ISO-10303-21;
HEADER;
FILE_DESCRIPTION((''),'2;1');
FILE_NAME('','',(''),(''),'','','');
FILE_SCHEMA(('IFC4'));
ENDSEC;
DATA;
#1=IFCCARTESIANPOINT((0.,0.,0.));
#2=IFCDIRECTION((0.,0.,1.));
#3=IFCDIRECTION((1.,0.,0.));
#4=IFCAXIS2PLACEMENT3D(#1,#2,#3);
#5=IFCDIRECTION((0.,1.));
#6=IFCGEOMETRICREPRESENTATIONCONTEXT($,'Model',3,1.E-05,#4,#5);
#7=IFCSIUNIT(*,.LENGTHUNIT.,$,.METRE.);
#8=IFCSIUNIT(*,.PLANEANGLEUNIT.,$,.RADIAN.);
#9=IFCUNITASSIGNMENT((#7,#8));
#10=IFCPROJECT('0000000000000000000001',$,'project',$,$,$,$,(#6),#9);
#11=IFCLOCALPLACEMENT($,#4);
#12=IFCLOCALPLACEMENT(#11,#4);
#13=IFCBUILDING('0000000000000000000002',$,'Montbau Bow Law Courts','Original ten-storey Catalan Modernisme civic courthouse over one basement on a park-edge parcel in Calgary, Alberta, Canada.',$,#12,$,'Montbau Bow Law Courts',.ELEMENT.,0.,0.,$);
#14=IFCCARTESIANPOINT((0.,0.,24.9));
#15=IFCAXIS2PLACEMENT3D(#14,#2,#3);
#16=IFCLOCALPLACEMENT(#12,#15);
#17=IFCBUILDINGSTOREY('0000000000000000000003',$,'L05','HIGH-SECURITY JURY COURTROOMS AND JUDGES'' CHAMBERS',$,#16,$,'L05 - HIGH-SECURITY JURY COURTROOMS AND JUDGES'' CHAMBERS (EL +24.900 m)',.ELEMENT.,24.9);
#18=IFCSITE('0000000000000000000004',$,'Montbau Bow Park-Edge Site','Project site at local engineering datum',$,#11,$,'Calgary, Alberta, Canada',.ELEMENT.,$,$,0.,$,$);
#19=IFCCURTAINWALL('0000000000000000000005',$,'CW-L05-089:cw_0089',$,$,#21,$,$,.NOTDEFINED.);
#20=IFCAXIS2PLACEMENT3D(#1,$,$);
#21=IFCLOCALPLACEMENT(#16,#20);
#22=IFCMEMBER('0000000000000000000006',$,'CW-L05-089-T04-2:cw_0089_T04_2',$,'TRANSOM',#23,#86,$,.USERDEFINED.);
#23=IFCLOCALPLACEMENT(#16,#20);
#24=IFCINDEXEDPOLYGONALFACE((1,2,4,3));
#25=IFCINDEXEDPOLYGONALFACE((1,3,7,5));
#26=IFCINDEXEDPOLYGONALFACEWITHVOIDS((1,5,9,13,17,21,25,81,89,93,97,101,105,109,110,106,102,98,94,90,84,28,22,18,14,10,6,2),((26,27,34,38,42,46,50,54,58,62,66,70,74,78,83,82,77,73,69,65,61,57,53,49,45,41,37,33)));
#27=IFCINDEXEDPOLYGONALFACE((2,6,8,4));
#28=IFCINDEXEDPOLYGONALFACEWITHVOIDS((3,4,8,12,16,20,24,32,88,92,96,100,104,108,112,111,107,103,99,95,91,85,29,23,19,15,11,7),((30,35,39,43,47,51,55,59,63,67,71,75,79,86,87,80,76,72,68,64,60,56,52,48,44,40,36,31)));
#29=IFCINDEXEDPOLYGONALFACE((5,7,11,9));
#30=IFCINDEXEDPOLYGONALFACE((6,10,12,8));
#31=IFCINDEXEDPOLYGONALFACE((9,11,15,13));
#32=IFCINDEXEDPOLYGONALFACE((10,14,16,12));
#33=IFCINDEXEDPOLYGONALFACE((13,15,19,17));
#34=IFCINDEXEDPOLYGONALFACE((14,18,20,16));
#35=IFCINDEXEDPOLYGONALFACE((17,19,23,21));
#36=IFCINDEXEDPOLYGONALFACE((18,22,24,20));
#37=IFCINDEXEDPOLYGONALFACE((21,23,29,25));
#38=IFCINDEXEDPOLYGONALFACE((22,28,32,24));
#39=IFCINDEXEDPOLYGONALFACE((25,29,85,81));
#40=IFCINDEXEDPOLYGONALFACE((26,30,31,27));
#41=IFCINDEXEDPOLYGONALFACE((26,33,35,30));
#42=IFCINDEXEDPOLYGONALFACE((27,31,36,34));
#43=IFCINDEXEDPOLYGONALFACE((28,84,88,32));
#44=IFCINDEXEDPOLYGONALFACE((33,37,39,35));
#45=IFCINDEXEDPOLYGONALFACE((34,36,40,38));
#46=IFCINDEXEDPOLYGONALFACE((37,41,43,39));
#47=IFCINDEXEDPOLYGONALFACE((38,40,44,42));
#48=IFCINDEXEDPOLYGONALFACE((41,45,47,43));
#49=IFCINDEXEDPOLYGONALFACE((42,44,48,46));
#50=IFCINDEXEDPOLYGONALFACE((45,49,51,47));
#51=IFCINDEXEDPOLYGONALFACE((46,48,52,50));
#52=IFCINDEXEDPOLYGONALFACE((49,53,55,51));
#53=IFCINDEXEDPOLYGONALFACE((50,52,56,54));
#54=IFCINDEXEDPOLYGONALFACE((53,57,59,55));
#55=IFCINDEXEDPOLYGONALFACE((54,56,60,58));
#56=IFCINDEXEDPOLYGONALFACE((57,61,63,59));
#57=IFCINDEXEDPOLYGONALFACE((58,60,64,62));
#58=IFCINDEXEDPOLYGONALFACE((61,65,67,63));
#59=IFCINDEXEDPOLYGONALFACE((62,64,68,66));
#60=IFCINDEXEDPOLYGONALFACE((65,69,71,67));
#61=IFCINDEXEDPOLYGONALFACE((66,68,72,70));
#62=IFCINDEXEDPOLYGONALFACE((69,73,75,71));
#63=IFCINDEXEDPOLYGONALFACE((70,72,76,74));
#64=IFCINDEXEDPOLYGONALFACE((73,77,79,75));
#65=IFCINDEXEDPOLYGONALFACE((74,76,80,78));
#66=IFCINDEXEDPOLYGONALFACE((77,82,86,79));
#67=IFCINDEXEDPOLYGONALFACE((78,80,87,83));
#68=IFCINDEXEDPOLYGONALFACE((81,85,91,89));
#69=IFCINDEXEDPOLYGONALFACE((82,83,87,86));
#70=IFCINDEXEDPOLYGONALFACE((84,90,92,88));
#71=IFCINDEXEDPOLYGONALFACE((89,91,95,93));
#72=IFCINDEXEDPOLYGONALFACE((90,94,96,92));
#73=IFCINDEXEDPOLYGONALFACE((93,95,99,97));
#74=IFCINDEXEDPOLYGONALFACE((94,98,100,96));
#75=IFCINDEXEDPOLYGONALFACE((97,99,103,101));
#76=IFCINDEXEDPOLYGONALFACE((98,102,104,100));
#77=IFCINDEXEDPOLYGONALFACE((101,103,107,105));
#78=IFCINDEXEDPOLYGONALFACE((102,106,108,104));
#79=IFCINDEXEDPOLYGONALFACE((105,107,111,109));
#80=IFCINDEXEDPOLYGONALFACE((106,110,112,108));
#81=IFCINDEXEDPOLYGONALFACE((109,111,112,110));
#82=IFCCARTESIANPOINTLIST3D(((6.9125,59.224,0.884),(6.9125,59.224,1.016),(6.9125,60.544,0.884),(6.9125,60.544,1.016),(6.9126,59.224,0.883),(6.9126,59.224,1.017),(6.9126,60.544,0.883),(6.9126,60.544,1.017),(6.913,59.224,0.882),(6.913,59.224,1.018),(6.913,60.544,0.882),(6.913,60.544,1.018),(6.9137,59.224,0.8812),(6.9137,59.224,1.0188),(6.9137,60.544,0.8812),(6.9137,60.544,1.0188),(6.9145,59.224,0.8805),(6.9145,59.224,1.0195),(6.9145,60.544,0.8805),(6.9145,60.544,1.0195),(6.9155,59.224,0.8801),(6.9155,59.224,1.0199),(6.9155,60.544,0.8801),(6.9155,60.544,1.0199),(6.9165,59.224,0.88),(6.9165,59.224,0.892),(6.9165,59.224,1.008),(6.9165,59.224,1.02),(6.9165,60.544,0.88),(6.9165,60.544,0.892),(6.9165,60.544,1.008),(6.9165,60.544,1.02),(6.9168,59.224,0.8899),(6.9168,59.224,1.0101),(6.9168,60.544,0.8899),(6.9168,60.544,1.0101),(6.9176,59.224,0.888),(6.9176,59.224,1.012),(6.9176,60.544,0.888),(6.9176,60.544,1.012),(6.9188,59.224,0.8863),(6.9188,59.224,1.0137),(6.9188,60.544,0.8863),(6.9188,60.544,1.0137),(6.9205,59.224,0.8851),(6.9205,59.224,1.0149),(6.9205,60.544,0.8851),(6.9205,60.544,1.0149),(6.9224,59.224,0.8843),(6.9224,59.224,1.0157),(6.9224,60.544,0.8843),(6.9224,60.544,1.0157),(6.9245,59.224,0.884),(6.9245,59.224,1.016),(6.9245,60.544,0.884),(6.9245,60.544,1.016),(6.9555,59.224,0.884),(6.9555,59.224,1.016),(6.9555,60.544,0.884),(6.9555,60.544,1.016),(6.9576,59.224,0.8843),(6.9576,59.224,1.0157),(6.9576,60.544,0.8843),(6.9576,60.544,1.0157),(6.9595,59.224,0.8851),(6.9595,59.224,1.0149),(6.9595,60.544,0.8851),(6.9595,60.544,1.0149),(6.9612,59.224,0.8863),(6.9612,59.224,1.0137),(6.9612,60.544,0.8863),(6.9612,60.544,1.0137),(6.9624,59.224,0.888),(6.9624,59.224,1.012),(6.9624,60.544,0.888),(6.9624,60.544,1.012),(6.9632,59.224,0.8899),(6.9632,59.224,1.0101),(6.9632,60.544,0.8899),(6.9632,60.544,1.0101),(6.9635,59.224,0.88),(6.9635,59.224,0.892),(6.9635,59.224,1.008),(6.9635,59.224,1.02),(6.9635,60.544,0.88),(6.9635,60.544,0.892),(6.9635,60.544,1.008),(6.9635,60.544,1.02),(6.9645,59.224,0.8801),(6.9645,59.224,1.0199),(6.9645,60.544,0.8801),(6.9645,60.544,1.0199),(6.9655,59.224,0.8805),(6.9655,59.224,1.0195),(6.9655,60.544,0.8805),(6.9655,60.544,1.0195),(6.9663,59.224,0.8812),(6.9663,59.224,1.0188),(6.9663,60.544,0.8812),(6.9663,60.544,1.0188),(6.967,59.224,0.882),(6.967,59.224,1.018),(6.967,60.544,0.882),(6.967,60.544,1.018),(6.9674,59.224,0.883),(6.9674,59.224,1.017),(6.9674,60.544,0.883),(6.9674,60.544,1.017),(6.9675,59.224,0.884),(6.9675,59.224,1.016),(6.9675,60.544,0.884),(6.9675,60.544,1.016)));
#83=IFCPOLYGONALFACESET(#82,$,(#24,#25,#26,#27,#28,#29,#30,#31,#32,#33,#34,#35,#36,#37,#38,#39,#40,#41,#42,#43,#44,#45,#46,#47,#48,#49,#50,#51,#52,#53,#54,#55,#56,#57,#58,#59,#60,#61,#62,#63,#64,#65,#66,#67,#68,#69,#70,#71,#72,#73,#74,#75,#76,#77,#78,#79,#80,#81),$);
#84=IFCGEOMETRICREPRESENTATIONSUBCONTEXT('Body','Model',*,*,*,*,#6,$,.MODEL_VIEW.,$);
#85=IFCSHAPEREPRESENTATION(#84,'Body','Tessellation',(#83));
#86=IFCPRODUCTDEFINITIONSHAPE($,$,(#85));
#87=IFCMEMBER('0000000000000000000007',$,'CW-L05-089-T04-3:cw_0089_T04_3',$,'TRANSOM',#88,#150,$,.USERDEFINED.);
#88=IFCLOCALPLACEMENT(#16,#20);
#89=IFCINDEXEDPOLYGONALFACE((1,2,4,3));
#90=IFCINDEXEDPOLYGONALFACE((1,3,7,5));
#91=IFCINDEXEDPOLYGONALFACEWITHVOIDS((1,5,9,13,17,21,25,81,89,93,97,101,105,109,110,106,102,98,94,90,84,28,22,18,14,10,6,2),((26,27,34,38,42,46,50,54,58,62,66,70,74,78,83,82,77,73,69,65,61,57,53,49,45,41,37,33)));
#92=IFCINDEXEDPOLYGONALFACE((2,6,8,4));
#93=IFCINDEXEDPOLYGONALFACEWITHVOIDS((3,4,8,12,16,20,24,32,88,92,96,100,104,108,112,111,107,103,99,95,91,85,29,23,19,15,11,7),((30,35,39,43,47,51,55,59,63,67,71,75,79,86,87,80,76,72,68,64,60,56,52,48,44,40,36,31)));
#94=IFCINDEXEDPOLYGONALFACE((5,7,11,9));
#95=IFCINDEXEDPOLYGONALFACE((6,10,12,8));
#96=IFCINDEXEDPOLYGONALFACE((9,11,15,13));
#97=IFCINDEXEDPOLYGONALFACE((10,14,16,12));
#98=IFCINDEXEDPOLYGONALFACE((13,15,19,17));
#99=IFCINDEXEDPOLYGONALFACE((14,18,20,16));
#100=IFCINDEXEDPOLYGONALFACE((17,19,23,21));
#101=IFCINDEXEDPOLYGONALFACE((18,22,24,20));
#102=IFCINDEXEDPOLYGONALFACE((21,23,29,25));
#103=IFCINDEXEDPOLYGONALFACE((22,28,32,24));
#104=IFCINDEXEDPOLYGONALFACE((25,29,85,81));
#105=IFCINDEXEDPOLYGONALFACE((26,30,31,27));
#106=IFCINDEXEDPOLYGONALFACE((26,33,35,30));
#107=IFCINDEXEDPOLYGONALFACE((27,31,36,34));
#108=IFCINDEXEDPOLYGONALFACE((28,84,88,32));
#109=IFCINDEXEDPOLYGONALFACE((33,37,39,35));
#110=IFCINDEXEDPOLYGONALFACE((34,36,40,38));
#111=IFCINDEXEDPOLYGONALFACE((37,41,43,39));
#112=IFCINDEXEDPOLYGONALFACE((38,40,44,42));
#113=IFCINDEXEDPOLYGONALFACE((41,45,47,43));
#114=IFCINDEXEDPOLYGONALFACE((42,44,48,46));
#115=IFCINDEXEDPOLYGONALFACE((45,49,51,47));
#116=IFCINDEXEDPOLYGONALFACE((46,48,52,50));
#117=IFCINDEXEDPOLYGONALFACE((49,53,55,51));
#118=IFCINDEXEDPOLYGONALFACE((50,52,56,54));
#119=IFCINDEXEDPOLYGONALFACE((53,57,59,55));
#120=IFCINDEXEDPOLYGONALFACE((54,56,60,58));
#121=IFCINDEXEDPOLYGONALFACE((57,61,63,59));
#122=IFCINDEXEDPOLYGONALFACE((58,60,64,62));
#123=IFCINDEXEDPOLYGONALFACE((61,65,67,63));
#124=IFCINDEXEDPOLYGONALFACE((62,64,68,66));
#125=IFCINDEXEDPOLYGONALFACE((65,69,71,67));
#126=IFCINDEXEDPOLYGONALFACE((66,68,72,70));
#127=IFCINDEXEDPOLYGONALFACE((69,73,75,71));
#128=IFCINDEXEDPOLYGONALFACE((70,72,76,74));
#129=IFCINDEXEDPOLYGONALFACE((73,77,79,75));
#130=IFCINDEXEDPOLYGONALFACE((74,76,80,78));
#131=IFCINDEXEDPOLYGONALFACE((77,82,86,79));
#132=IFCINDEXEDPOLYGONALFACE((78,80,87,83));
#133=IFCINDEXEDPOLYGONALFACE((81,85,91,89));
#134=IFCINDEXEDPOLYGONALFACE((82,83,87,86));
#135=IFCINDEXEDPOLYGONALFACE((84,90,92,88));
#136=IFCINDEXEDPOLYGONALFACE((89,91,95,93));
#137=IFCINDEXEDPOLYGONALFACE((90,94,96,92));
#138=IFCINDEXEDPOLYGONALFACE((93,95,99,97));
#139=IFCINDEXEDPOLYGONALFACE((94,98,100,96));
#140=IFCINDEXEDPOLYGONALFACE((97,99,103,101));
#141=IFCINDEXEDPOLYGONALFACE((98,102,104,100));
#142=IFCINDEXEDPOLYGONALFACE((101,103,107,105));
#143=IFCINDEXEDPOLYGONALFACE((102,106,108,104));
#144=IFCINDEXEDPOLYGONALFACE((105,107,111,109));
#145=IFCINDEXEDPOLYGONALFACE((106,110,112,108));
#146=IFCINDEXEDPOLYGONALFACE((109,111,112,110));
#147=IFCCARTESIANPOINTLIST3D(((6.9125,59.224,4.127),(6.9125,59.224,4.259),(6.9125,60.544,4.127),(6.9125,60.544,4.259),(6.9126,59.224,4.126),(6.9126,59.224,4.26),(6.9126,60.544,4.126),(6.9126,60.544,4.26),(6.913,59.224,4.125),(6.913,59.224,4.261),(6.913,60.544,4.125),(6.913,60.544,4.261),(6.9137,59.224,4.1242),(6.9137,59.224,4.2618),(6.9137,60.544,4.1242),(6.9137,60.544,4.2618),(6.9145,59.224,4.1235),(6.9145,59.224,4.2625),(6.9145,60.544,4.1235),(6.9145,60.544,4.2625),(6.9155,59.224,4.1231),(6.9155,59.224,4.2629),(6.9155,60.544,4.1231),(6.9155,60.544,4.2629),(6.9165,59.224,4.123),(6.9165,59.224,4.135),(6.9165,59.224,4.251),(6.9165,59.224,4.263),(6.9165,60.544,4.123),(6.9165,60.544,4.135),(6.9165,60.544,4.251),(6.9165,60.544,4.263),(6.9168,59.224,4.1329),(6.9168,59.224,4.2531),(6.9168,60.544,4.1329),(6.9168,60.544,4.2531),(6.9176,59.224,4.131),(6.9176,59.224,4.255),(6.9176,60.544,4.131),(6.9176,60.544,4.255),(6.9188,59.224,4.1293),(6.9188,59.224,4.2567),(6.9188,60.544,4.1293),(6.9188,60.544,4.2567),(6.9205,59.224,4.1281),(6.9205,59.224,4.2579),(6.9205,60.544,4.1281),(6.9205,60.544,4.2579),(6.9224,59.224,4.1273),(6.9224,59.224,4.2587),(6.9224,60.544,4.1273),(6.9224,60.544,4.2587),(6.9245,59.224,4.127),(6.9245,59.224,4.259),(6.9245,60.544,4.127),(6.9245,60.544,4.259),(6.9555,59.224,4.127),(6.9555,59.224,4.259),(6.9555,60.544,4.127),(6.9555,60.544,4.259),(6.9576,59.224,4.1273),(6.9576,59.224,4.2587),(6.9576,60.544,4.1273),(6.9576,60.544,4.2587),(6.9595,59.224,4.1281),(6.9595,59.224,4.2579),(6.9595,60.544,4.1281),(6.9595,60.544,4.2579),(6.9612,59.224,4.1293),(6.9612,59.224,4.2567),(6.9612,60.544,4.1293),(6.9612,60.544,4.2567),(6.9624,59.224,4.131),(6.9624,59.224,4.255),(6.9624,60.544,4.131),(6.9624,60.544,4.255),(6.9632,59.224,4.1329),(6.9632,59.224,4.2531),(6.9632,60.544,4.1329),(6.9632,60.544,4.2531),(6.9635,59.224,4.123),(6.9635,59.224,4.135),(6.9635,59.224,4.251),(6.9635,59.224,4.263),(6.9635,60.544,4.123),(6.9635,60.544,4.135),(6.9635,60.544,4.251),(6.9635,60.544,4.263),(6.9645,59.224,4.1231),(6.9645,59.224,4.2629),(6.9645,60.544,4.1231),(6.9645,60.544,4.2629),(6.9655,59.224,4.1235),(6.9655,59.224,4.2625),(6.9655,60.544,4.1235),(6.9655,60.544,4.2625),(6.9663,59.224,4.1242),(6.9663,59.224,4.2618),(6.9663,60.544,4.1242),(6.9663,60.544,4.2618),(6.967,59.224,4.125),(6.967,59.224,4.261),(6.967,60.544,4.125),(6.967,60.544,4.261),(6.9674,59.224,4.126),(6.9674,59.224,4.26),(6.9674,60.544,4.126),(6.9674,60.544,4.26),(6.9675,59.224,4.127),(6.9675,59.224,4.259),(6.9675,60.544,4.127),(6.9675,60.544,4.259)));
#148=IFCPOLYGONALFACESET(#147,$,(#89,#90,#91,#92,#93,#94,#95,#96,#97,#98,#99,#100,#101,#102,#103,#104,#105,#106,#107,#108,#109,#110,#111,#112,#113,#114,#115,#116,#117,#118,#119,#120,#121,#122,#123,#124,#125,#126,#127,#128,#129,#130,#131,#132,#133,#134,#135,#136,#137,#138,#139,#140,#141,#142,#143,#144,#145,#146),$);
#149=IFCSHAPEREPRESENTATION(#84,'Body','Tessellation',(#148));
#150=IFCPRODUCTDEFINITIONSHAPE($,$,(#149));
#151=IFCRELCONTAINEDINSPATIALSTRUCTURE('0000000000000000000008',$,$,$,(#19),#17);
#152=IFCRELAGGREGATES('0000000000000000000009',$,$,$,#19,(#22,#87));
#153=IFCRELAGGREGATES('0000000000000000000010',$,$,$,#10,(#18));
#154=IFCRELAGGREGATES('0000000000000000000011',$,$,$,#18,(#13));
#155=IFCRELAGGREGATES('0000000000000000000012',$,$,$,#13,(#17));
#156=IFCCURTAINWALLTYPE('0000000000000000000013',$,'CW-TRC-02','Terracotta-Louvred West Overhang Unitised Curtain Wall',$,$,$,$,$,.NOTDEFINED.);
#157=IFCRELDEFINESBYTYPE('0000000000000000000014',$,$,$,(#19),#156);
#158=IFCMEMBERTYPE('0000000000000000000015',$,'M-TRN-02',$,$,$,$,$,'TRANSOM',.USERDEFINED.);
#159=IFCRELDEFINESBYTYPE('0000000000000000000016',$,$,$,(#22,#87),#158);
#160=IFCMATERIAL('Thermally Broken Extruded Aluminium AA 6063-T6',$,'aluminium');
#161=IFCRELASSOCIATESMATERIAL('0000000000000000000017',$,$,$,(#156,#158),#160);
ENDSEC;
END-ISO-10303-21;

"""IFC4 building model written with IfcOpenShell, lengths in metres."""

from ifc_helpers import new_model, si_unit, direction, frame, origin_with_axes, origin_2d_with_axis, place, context, subcontext, project, spatial, hollow_rectangle, extrude, material, material_profile, profile_set, type_object, element, aggregate, save


model = new_model("IFC4")

# Units and contexts
model_context = context("Model", 3, precision=1e-05, world=origin_with_axes(), true_north=direction((0.0, 1.0)))
body_context = subcontext(model_context, "Body", "Model", "MODEL_VIEW")
ifc_project = project(units=[si_unit("LENGTHUNIT", "METRE"), si_unit("PLANEANGLEUNIT", "RADIAN")], contexts=[model_context])

# Site, building, storey
site_placement = place(None, origin_with_axes())
site = spatial("IfcSite", under=ifc_project, at=site_placement, Name="Montbau Bow Park-Edge Site", Description="Project site at local engineering datum", LongName="Calgary, Alberta, Canada", CompositionType="ELEMENT", RefElevation=0.0)
building_placement = place(site_placement, origin_with_axes())
building = spatial("IfcBuilding", under=site, at=building_placement, Name="Montbau Bow Law Courts", Description="Original ten-storey Catalan Modernisme civic courthouse over one basement on a park-edge parcel in Calgary, Alberta, Canada.", LongName="Montbau Bow Law Courts", CompositionType="ELEMENT", ElevationOfRefHeight=0.0, ElevationOfTerrain=0.0)
storey_placement = place(building_placement, frame((0.0, 0.0, 24.9), z_axis=(0.0, 0.0, 1.0), x_axis=(1.0, 0.0, 0.0)))
storey = spatial("IfcBuildingStorey", under=building, at=storey_placement, Name="L05", Description="HIGH-SECURITY JURY COURTROOMS AND JUDGES' CHAMBERS", LongName="L05 - HIGH-SECURITY JURY COURTROOMS AND JUDGES' CHAMBERS (EL +24.900 m)", CompositionType="ELEMENT", Elevation=24.9)

# Curtain wall, members
ifc_material_1 = material(Name="Thermally Broken Extruded Aluminium AA 6063-T6", Category="aluminium")
curtain_wall_type = type_object("IfcCurtainWallType", Name="CW-TRC-02", Description="Terracotta-Louvred West Overhang Unitised Curtain Wall", PredefinedType="NOTDEFINED", material=ifc_material_1)
curtain_wall_1_placement = place(None, frame((6.94, 55.04, 24.9), z_axis=(0.0, 0.0, 1.0), x_axis=(1.0, 0.0, 0.0)))
curtain_wall_1 = element("IfcCurtainWall", 1, at=curtain_wall_1_placement, inside=storey, type_object=curtain_wall_type, Name="CW-L05-089:cw_0089", PredefinedType="NOTDEFINED")
ifc_material_profile_1 = material_profile(ifc_material_1, hollow_rectangle(XDim=0.055, YDim=0.14, WallThickness=0.004, InnerFilletRadius=0.008, OuterFilletRadius=0.004, at=origin_2d_with_axis()), Name="CWT-140X55", Category="Main", Priority=0)
ifc_profile_set_1 = profile_set([ifc_material_profile_1], Name="Thermally Broken Extruded Aluminium AA 6063-T6")
member_type_1 = type_object("IfcMemberType", Name="M-TRN-02", ElementType="TRANSOM", PredefinedType="USERDEFINED", material=ifc_profile_set_1)
member_1_placement = place(None, frame((6.94, 59.224, 25.85), z_axis=(0.0, 1.0, 0.0), x_axis=(-1.0, 0.0, 0.0)))
member_1 = element("IfcMember", 2, at=member_1_placement, type_object=member_type_1, Name="CW-L05-089-T04-2:cw_0089_T04_2", ObjectType="TRANSOM", PredefinedType="USERDEFINED", context=body_context, shape_type="SweptSolid", body=[
    extrude(hollow_rectangle(XDim=0.055, YDim=0.14, WallThickness=0.004, InnerFilletRadius=0.008, OuterFilletRadius=0.004, at=origin_2d_with_axis()), origin_with_axes(), (0.0, 0.0, 1.0), 1.32),
])
member_2_placement = place(None, frame((6.94, 59.224, 29.093), z_axis=(0.0, 1.0, 0.0), x_axis=(-1.0, 0.0, 0.0)))
member_2 = element("IfcMember", 3, at=member_2_placement, type_object=member_type_1, Name="CW-L05-089-T04-3:cw_0089_T04_3", ObjectType="TRANSOM", PredefinedType="USERDEFINED", context=body_context, shape_type="SweptSolid", body=[
    extrude(hollow_rectangle(XDim=0.055, YDim=0.14, WallThickness=0.004, InnerFilletRadius=0.008, OuterFilletRadius=0.004, at=origin_2d_with_axis()), origin_with_axes(), (0.0, 0.0, 1.0), 1.32),
])

aggregate(curtain_wall_1, [member_1, member_2])

save(model, "model.ifc")
